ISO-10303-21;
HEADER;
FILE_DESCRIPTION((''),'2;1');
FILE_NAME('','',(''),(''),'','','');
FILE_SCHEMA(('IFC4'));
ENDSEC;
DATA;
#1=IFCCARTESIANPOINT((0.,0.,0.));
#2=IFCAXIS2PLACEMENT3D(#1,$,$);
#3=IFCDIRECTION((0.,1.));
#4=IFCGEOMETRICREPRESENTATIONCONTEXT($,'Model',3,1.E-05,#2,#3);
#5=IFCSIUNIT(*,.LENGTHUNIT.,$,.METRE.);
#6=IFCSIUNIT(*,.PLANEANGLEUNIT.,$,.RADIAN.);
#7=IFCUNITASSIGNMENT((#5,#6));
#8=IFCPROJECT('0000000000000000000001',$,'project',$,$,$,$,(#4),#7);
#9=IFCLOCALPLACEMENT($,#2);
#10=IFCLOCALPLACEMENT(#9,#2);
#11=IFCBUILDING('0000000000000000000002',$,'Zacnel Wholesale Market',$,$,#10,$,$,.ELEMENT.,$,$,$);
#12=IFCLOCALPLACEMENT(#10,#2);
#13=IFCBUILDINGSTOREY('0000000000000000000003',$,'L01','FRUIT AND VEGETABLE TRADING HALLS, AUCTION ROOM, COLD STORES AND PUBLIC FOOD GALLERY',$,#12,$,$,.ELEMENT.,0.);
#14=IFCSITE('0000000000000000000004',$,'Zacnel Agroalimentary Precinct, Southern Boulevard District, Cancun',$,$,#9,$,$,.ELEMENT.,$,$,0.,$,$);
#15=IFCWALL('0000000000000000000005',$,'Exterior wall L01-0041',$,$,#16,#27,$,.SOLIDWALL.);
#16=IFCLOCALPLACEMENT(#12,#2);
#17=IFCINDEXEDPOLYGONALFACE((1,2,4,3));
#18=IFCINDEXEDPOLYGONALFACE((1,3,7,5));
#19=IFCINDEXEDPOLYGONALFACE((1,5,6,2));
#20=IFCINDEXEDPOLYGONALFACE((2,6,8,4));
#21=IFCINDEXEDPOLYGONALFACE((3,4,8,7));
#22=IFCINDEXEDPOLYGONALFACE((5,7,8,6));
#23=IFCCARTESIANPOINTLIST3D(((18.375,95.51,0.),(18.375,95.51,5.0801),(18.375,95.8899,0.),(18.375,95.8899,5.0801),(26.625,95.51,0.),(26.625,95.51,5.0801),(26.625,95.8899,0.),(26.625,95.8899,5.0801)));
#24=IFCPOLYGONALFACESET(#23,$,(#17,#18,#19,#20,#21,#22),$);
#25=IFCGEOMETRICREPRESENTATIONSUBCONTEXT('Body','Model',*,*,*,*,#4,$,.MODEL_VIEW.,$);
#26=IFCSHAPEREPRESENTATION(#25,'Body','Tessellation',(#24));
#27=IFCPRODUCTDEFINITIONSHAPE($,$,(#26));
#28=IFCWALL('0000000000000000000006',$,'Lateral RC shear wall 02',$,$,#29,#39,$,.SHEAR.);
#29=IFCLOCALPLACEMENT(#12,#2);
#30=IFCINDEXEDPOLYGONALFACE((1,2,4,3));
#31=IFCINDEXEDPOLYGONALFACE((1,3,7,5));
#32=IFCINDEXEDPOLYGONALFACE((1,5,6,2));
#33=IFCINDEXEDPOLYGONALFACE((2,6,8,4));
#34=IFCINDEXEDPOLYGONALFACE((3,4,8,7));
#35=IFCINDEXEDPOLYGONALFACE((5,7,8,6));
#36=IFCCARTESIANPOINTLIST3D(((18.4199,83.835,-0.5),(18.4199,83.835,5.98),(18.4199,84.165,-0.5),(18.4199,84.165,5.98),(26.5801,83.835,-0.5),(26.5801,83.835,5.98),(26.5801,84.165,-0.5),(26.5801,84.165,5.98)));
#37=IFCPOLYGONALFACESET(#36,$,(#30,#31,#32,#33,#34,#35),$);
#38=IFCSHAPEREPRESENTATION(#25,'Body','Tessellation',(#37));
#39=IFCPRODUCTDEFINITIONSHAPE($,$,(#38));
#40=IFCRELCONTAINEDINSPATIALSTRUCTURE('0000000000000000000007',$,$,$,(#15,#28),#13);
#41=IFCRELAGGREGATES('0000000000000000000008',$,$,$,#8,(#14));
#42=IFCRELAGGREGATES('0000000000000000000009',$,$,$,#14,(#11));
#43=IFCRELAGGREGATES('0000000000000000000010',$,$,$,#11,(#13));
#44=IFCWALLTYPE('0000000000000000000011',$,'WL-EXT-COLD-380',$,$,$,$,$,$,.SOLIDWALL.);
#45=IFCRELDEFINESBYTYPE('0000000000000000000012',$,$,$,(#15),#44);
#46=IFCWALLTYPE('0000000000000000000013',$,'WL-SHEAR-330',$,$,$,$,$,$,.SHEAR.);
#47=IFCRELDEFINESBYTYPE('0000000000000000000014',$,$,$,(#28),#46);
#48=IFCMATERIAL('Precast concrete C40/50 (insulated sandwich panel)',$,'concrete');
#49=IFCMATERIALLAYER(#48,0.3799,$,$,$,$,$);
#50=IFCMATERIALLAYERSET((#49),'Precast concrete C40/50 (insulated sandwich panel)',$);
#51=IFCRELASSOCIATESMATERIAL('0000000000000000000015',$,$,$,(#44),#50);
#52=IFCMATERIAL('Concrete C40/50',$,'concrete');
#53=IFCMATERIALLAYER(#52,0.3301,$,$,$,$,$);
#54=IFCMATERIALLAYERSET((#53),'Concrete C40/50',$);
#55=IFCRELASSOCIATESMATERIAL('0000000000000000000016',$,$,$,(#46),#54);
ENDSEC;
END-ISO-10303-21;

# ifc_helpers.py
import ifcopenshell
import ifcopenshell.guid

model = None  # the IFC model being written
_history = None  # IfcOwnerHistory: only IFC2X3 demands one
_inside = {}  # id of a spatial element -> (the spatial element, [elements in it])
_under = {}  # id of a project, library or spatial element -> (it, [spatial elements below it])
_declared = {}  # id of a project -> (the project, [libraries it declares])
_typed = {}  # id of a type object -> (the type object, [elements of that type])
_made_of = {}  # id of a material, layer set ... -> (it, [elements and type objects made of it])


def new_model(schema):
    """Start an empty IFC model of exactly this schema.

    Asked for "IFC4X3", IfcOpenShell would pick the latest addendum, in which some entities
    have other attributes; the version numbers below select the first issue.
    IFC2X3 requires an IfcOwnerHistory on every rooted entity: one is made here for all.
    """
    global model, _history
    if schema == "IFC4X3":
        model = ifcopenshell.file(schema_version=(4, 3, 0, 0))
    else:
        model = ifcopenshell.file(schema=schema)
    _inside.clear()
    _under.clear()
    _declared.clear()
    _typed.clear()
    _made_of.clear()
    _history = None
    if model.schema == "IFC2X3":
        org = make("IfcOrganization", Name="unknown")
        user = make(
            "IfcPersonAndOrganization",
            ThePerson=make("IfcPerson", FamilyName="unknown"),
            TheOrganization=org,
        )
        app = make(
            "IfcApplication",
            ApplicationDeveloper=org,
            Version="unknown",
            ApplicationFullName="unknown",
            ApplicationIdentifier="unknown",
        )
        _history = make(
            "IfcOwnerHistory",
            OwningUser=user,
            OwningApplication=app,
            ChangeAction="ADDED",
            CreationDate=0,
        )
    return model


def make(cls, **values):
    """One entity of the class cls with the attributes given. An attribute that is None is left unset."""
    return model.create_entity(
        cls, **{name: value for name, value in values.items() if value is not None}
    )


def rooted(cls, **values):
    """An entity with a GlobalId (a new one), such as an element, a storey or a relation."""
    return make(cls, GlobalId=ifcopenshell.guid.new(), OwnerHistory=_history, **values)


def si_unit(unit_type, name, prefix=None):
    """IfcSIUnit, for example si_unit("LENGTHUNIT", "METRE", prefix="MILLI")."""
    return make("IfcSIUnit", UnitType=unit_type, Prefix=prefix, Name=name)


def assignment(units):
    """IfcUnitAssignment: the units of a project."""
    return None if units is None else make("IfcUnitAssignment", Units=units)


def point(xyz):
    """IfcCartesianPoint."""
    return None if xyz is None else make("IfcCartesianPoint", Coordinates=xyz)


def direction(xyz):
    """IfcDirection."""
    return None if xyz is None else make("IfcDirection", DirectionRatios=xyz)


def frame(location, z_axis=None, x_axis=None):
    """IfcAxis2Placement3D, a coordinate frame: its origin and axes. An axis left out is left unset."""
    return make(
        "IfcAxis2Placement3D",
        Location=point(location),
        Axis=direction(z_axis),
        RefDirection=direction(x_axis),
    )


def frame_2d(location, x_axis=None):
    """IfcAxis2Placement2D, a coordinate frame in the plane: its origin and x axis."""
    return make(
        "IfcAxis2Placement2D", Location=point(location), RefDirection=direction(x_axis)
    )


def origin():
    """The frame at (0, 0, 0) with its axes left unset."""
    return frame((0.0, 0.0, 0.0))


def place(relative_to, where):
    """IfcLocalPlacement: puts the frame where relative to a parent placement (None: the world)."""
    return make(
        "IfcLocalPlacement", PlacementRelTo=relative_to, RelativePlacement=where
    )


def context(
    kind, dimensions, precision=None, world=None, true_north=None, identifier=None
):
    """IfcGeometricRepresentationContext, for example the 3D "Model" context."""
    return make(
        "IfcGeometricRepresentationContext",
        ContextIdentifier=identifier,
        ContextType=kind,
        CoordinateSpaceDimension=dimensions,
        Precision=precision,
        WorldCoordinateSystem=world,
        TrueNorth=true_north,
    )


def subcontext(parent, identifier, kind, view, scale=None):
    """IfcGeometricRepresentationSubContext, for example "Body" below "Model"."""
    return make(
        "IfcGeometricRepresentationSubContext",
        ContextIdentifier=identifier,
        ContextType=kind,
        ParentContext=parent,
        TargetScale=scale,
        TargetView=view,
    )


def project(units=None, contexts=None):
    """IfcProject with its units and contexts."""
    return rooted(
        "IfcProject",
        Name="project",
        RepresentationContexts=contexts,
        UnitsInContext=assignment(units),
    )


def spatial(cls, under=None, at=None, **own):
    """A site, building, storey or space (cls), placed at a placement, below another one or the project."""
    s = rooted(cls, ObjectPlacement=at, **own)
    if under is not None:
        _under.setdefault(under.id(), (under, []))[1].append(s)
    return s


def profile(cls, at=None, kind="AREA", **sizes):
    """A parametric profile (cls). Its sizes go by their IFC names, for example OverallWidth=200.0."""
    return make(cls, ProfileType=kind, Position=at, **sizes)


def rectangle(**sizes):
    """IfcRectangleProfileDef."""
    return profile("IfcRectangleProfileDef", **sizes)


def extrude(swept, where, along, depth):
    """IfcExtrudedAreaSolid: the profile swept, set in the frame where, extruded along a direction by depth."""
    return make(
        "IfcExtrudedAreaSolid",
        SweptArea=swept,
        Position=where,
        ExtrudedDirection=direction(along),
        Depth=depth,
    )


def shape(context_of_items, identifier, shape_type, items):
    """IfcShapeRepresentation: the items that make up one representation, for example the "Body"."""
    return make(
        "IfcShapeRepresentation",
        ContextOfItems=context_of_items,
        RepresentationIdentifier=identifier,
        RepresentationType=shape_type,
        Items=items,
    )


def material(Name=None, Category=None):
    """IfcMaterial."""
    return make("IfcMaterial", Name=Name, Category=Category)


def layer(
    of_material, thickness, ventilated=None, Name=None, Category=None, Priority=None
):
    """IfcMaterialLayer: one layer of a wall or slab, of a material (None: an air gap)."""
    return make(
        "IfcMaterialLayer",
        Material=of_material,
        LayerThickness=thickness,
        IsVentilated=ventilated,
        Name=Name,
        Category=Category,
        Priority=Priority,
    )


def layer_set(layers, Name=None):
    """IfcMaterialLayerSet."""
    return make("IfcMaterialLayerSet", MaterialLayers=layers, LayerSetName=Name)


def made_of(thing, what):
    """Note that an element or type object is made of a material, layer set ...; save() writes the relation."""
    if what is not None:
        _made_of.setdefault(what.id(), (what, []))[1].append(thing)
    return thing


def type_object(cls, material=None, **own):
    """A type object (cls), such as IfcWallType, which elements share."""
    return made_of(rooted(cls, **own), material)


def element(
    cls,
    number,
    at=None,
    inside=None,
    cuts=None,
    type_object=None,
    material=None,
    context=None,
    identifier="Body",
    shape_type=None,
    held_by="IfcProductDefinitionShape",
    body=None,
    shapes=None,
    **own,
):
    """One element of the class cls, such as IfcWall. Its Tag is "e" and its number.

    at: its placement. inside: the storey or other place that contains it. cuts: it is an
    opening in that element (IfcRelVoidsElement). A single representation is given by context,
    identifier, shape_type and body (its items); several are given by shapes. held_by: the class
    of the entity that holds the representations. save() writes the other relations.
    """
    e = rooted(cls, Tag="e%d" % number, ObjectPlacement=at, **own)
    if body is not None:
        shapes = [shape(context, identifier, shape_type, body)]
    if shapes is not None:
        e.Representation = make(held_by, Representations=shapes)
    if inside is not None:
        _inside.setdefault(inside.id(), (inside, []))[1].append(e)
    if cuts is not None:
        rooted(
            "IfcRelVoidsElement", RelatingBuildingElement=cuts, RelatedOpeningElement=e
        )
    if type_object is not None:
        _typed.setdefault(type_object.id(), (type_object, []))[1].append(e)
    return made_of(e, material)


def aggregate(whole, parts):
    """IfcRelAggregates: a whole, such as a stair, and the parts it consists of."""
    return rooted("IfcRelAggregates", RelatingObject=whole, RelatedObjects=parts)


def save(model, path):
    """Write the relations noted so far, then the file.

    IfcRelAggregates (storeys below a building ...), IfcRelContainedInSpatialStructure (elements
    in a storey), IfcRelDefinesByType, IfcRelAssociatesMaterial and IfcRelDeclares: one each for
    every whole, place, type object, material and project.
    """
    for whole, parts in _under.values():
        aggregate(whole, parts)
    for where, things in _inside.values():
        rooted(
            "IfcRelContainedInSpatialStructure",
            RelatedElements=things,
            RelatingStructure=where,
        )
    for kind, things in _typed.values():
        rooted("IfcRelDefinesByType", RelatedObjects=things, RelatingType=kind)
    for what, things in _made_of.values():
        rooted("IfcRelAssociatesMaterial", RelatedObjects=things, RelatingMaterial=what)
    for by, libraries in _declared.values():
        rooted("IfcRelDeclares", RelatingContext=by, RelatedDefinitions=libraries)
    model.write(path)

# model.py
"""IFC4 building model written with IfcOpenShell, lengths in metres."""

from ifc_helpers import new_model, si_unit, direction, frame, frame_2d, origin, place, context, subcontext, project, spatial, rectangle, extrude, material, layer, layer_set, type_object, element, save


model = new_model("IFC4")

# Units and contexts
model_context = context("Model", 3, precision=1e-05, world=origin(), true_north=direction((0.0, 1.0)))
body_context = subcontext(model_context, "Body", "Model", "MODEL_VIEW")
ifc_project = project(units=[si_unit("LENGTHUNIT", "METRE"), si_unit("PLANEANGLEUNIT", "RADIAN")], contexts=[model_context])

# Site, building, storey
site_placement = place(None, origin())
site = spatial("IfcSite", under=ifc_project, at=site_placement, Name="Zacnel Agroalimentary Precinct, Southern Boulevard District, Cancun", CompositionType="ELEMENT", RefElevation=0.0)
building_placement = place(site_placement, origin())
building = spatial("IfcBuilding", under=site, at=building_placement, Name="Zacnel Wholesale Market", CompositionType="ELEMENT")
storey_placement = place(building_placement, origin())
storey = spatial("IfcBuildingStorey", under=building, at=storey_placement, Name="L01", Description="FRUIT AND VEGETABLE TRADING HALLS, AUCTION ROOM, COLD STORES AND PUBLIC FOOD GALLERY", CompositionType="ELEMENT", Elevation=0.0)

# Walls
ifc_material_1 = material(Name="Precast concrete C40/50 (insulated sandwich panel)", Category="concrete")
ifc_layer_1 = layer(ifc_material_1, 0.3799)
ifc_layer_set_1 = layer_set([ifc_layer_1], Name="Precast concrete C40/50 (insulated sandwich panel)")
wall_type_1 = type_object("IfcWallType", Name="WL-EXT-COLD-380", PredefinedType="SOLIDWALL", material=ifc_layer_set_1)
wall_1_placement = place(storey_placement, frame((18.375, 95.7, 0.0), z_axis=(0.0, 0.0, 1.0), x_axis=(1.0, 0.0, 0.0)))
element("IfcWall", 1, at=wall_1_placement, inside=storey, type_object=wall_type_1, Name="Exterior wall L01-0041", PredefinedType="SOLIDWALL", context=body_context, shape_type="SweptSolid", body=[
    extrude(rectangle(XDim=8.25, YDim=0.3799, at=frame_2d((4.125, 0.0))), origin(), (0.0, 0.0, 1.0), 5.0801),
])
ifc_material_2 = material(Name="Concrete C40/50", Category="concrete")
ifc_layer_2 = layer(ifc_material_2, 0.3301)
ifc_layer_set_2 = layer_set([ifc_layer_2], Name="Concrete C40/50")
wall_type_2 = type_object("IfcWallType", Name="WL-SHEAR-330", PredefinedType="SHEAR", material=ifc_layer_set_2)
wall_2_placement = place(storey_placement, frame((18.4199, 84.0, -0.5), z_axis=(0.0, 0.0, 1.0), x_axis=(1.0, 0.0, 0.0)))
element("IfcWall", 2, at=wall_2_placement, inside=storey, type_object=wall_type_2, Name="Lateral RC shear wall 02", PredefinedType="SHEAR", context=body_context, shape_type="SweptSolid", body=[
    extrude(rectangle(XDim=8.1602, YDim=0.3301, at=frame_2d((4.0801, 0.0))), origin(), (0.0, 0.0, 1.0), 6.48),
])

save(model, "model.ifc")
